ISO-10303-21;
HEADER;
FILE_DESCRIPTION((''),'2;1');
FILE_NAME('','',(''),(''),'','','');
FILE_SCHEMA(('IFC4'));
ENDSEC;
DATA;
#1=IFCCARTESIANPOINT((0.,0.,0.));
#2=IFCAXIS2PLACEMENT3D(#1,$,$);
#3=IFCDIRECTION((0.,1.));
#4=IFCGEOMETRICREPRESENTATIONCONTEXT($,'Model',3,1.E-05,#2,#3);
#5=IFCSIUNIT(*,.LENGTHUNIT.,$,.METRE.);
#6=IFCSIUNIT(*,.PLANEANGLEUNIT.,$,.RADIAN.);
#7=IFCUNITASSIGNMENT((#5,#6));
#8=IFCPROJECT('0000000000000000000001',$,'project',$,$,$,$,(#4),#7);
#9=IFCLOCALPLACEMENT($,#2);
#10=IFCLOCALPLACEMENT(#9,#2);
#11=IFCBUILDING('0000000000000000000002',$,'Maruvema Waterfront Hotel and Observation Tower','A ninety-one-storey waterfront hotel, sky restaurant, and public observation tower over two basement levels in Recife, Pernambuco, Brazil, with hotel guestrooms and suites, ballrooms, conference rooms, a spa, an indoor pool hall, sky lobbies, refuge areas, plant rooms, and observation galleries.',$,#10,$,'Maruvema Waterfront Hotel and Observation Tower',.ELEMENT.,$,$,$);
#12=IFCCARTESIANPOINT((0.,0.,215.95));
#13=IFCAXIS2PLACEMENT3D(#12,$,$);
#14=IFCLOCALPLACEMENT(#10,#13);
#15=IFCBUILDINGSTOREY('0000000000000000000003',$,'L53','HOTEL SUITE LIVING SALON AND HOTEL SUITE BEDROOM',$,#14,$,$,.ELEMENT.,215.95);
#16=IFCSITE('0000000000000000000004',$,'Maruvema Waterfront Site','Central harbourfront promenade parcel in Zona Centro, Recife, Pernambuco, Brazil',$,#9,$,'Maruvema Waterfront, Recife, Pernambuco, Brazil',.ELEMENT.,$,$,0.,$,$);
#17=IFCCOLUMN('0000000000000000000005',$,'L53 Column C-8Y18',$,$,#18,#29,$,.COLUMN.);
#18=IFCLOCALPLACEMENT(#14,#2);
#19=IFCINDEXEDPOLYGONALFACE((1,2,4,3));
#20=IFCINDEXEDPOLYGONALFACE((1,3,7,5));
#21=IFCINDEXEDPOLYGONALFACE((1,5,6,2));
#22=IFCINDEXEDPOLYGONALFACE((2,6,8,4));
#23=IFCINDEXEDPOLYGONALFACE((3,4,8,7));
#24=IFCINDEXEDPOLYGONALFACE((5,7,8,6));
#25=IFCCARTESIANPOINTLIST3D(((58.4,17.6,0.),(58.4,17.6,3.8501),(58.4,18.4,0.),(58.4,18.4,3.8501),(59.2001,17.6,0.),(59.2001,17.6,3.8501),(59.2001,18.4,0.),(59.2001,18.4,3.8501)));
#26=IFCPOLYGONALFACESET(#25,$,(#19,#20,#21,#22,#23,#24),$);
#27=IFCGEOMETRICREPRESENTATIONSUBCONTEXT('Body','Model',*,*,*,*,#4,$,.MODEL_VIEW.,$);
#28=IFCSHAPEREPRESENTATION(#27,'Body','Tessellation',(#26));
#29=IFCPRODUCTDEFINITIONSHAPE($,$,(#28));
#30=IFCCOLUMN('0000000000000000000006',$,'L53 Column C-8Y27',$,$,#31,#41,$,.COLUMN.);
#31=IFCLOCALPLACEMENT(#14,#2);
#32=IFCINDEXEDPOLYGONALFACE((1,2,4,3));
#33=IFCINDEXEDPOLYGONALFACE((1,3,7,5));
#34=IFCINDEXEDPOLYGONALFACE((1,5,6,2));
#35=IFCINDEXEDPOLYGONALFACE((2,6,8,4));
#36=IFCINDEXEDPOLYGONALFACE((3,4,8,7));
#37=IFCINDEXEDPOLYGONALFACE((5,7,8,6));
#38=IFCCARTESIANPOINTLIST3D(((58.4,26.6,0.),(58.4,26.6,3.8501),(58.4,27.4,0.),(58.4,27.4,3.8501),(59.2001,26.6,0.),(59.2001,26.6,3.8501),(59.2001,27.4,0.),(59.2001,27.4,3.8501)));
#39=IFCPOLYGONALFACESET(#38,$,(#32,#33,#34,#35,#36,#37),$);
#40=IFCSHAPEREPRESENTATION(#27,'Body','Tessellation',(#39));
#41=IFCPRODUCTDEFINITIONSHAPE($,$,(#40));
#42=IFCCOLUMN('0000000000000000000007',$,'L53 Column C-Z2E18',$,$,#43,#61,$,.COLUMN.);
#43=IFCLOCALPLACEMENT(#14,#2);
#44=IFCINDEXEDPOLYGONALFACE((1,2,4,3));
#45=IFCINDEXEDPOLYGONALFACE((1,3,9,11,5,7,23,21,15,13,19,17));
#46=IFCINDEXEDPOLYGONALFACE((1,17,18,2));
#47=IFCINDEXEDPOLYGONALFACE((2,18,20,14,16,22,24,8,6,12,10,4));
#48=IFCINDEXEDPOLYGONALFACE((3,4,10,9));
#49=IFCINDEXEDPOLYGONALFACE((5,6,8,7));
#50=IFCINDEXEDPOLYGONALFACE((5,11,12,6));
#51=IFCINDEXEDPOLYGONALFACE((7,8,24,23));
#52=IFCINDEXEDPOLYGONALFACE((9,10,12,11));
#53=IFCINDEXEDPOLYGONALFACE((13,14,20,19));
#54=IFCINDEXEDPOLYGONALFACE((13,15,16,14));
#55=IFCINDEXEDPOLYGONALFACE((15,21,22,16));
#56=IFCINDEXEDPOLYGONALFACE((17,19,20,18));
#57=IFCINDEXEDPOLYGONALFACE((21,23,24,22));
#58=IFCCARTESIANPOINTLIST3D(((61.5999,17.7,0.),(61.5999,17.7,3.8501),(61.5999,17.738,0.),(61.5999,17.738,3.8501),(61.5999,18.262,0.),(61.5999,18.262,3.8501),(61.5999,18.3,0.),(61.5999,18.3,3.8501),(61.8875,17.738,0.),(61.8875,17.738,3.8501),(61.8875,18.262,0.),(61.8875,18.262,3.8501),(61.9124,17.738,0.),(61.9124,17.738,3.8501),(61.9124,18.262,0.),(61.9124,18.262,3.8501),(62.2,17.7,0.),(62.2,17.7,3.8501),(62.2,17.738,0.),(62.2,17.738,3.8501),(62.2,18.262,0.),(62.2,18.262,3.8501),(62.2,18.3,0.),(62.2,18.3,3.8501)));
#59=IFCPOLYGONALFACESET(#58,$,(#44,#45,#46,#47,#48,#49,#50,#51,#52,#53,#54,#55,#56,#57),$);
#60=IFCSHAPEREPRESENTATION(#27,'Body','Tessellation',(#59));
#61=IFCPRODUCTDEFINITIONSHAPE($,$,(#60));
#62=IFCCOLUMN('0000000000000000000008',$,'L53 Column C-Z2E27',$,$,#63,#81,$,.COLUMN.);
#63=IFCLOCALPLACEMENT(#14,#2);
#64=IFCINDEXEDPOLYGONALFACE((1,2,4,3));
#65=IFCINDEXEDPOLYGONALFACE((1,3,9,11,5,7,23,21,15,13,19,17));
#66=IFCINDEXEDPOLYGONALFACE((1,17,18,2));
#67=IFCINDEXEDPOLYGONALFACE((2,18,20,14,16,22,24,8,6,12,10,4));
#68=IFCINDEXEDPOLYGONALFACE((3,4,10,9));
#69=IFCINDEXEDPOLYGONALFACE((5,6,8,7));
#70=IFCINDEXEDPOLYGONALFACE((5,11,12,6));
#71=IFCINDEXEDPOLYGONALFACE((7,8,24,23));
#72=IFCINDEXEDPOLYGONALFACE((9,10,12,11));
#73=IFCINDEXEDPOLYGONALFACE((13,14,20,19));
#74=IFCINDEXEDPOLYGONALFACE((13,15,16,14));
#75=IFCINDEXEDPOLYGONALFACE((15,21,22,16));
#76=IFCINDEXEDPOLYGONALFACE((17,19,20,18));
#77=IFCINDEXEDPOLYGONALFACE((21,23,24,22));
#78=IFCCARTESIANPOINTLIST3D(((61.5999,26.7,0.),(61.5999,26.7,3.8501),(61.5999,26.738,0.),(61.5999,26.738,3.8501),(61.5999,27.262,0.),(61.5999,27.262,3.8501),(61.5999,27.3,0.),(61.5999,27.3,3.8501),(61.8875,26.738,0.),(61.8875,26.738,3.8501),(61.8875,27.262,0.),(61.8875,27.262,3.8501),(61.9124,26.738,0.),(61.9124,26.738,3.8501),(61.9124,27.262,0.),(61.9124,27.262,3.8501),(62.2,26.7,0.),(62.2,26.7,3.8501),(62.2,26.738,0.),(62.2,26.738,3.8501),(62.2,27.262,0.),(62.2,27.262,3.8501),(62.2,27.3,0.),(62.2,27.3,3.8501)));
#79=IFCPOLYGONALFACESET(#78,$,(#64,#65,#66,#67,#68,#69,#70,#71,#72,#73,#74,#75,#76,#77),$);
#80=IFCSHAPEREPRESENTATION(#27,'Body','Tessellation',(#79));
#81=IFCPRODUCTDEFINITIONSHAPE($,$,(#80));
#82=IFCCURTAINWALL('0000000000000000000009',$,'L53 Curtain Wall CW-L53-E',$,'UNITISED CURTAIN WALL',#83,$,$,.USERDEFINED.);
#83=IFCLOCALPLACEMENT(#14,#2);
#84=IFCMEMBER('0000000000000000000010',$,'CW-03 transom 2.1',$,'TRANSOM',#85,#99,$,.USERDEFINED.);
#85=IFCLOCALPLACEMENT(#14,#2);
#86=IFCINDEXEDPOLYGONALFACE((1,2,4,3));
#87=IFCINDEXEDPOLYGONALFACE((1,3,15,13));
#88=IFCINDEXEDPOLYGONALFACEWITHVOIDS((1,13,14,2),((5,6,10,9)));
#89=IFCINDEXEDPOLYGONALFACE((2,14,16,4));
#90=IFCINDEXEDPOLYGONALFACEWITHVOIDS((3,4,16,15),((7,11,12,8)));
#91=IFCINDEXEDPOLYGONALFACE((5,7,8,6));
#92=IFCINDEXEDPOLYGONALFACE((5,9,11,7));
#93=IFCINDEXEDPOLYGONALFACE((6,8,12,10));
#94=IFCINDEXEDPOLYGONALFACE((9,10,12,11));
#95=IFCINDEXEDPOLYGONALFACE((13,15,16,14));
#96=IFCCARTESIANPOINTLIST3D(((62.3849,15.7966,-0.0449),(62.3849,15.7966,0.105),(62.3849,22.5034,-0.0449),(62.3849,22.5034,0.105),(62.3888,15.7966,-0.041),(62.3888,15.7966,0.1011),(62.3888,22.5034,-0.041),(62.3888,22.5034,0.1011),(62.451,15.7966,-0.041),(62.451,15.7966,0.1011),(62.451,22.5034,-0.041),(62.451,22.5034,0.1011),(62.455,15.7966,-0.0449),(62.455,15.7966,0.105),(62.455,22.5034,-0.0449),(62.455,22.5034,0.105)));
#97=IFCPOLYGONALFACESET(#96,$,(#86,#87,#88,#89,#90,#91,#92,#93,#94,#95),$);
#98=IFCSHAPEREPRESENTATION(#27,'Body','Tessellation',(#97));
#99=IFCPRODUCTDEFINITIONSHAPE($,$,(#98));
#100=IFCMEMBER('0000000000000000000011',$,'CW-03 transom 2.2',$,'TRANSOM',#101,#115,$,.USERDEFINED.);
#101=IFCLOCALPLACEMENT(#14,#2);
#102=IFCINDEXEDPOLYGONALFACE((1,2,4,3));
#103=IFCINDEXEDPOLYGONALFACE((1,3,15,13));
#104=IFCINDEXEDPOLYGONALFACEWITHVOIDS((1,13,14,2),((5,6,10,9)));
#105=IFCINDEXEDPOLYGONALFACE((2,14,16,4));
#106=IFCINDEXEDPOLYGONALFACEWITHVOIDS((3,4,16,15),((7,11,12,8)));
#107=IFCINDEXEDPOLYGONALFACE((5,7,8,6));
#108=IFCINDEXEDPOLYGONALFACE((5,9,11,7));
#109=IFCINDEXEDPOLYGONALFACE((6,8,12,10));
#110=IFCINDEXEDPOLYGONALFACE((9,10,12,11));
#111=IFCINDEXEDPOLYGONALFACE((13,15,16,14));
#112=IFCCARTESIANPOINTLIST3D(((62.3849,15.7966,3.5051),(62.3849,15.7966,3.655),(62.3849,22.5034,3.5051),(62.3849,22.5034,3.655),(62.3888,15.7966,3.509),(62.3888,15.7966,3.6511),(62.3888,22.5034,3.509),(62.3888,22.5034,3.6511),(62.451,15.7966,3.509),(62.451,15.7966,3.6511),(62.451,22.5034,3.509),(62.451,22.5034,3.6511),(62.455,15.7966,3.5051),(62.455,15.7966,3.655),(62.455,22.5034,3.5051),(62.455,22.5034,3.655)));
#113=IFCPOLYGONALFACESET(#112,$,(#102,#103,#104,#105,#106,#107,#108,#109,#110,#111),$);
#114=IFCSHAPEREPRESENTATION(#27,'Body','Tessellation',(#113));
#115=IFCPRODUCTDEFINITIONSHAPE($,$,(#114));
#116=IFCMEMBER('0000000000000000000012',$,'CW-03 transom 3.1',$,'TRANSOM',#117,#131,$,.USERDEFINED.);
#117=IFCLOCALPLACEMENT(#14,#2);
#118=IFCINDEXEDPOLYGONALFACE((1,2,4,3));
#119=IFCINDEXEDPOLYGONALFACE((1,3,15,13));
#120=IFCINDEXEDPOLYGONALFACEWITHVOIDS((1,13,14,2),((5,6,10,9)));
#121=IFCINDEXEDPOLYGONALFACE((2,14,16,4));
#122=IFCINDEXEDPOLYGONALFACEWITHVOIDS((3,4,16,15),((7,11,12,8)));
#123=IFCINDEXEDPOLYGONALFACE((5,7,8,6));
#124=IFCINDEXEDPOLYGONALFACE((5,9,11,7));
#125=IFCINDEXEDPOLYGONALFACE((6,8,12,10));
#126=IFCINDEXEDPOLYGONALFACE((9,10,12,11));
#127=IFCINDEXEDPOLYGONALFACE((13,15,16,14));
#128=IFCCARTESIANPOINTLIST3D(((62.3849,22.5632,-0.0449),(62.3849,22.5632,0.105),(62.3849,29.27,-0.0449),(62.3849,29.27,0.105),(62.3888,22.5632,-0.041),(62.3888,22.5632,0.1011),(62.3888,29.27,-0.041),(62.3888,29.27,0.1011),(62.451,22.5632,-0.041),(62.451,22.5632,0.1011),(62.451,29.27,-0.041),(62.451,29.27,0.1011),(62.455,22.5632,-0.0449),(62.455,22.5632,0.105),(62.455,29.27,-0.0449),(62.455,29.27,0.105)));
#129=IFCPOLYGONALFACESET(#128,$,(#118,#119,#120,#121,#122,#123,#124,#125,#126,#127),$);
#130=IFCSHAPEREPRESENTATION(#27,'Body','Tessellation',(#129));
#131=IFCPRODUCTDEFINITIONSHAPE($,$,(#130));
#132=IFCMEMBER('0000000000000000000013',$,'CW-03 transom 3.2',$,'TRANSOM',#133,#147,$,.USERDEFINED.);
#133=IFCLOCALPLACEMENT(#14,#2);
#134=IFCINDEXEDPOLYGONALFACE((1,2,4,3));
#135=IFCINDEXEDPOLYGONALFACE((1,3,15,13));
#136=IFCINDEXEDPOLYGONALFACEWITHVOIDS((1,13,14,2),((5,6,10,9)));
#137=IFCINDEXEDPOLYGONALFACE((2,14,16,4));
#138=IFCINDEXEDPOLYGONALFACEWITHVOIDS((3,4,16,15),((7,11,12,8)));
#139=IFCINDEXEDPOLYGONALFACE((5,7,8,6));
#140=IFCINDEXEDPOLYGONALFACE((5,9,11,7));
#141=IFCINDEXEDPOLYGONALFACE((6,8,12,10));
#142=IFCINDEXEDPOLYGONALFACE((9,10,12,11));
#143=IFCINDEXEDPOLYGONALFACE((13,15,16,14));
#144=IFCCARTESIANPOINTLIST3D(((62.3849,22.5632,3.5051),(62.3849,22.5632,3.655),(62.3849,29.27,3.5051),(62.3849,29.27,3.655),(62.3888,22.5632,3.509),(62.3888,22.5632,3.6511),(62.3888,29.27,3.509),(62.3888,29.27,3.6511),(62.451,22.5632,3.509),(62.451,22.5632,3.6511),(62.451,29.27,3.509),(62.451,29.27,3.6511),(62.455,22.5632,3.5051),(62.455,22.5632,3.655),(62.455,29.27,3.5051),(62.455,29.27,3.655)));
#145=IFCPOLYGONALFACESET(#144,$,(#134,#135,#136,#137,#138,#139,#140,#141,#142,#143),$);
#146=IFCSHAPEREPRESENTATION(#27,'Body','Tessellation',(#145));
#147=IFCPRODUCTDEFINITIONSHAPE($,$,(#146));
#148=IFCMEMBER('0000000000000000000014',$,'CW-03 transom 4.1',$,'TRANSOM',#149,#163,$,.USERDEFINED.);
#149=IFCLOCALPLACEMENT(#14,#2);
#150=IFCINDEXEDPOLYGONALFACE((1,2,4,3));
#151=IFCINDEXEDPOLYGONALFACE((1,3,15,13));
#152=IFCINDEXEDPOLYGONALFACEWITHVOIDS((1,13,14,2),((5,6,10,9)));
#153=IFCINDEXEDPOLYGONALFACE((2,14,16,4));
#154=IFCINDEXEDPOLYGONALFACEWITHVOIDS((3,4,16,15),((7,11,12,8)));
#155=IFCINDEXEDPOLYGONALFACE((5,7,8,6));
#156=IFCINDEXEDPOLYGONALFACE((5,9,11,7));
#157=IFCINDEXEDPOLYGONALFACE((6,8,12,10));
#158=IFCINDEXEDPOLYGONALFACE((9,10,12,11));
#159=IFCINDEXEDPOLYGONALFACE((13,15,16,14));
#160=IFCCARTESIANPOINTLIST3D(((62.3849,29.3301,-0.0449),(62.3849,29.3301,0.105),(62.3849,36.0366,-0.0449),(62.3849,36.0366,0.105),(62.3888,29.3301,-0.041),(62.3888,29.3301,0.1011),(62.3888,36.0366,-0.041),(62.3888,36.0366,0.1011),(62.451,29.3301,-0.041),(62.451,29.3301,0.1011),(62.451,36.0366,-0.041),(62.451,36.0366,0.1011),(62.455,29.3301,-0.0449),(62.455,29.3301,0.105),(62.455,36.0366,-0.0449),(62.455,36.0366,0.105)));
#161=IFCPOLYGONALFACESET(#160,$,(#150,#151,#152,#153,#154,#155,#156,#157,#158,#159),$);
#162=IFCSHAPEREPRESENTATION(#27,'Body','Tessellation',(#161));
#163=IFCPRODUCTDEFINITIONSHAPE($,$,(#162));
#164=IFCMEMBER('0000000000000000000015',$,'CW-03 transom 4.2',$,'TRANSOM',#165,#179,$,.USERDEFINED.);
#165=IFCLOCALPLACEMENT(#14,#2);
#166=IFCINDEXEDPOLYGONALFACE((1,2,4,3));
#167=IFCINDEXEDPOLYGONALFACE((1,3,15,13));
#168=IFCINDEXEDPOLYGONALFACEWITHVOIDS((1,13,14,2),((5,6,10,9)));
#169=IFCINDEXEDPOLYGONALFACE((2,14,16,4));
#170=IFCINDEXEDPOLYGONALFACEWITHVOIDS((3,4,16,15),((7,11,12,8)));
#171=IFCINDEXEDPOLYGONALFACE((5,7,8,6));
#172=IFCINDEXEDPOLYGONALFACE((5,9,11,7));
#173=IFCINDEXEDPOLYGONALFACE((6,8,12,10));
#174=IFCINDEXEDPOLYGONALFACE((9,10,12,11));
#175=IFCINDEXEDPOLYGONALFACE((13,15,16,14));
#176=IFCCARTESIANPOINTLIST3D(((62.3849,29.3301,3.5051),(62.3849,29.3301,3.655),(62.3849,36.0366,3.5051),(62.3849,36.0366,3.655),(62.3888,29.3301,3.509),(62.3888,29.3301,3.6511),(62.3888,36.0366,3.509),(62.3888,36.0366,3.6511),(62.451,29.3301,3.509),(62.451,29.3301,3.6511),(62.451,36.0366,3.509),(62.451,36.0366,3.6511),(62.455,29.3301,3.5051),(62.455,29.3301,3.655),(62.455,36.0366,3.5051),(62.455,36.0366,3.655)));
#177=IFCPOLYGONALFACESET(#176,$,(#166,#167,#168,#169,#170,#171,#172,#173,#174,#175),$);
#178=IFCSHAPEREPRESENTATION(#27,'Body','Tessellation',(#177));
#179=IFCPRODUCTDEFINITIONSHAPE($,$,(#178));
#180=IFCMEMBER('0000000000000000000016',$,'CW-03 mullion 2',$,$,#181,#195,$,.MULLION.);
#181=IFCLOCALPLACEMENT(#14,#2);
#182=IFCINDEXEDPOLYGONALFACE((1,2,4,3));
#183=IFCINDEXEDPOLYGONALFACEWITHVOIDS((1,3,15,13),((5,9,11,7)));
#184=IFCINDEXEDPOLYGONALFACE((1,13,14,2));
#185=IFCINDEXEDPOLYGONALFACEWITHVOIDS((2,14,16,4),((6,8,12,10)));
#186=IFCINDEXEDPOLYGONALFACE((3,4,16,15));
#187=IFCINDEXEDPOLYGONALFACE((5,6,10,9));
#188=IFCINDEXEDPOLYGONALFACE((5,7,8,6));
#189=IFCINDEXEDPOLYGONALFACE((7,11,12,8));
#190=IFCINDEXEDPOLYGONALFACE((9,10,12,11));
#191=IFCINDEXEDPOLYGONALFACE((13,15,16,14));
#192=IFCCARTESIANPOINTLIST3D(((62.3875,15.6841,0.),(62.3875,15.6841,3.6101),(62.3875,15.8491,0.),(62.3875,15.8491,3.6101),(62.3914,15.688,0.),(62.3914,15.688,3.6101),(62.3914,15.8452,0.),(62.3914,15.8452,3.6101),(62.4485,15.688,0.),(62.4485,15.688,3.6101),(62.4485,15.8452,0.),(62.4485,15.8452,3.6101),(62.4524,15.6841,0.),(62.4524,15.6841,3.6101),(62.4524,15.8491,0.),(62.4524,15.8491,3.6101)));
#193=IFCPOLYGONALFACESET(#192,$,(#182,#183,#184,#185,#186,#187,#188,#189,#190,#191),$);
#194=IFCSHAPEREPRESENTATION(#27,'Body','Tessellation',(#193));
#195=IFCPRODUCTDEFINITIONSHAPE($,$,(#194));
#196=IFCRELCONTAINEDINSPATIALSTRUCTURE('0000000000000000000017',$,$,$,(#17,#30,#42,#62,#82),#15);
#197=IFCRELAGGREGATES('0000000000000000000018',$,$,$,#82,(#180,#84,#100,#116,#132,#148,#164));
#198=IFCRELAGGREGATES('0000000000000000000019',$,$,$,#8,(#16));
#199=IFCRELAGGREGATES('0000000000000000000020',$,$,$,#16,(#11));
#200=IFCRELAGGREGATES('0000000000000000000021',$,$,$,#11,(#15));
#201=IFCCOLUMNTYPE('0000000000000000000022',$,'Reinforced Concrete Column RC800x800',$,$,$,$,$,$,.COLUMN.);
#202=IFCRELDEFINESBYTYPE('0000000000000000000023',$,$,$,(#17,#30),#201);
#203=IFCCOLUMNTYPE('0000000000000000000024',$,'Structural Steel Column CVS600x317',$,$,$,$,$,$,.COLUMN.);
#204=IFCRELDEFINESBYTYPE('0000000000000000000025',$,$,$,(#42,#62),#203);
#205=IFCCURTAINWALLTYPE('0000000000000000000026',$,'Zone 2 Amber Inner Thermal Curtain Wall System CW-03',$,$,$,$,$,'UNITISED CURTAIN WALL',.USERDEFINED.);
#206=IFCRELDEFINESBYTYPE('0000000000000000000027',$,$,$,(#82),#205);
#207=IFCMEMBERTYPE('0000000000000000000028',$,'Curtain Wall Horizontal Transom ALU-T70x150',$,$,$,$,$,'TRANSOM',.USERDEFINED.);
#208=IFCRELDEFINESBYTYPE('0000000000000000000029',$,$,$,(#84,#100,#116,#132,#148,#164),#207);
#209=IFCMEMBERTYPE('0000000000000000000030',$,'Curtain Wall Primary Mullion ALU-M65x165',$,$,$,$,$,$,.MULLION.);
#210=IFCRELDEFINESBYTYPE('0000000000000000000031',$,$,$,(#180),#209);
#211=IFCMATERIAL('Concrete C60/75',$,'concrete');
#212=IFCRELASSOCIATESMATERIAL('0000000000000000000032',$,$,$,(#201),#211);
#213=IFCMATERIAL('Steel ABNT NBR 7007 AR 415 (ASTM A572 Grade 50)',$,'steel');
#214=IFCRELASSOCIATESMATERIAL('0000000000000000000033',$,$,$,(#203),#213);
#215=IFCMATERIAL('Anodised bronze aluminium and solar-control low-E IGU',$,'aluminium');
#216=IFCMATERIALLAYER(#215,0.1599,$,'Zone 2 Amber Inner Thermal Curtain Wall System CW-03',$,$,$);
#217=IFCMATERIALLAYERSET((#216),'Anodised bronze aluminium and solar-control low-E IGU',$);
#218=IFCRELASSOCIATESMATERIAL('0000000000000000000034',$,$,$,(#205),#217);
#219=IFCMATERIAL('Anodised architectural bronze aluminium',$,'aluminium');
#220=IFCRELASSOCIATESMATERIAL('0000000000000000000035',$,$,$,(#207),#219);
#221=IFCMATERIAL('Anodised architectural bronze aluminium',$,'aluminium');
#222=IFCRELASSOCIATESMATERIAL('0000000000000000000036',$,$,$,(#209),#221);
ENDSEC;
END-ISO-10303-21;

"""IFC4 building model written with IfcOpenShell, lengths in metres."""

from ifc_helpers import new_model, si_unit, direction, frame, origin, origin_2d, place, context, subcontext, project, spatial, rectangle, hollow_rectangle, i_section, extrude, material, layer, layer_set, material_profile, profile_set, type_object, element, aggregate, save


model = new_model("IFC4")

# Units and contexts
model_context = context("Model", 3, precision=1e-05, world=origin(), true_north=direction((0.0, 1.0)))
body_context = subcontext(model_context, "Body", "Model", "MODEL_VIEW")
ifc_project = project(units=[si_unit("LENGTHUNIT", "METRE"), si_unit("PLANEANGLEUNIT", "RADIAN")], contexts=[model_context])

# Site, building, storey
site_placement = place(None, origin())
site = spatial("IfcSite", under=ifc_project, at=site_placement, Name="Maruvema Waterfront Site", Description="Central harbourfront promenade parcel in Zona Centro, Recife, Pernambuco, Brazil", LongName="Maruvema Waterfront, Recife, Pernambuco, Brazil", CompositionType="ELEMENT", RefElevation=0.0)
building_placement = place(site_placement, origin())
building = spatial("IfcBuilding", under=site, at=building_placement, Name="Maruvema Waterfront Hotel and Observation Tower", Description="A ninety-one-storey waterfront hotel, sky restaurant, and public observation tower over two basement levels in Recife, Pernambuco, Brazil, with hotel guestrooms and suites, ballrooms, conference rooms, a spa, an indoor pool hall, sky lobbies, refuge areas, plant rooms, and observation galleries.", LongName="Maruvema Waterfront Hotel and Observation Tower", CompositionType="ELEMENT")
storey_placement = place(building_placement, frame((0.0, 0.0, 215.95)))
storey = spatial("IfcBuildingStorey", under=building, at=storey_placement, Name="L53", Description="HOTEL SUITE LIVING SALON AND HOTEL SUITE BEDROOM", CompositionType="ELEMENT", Elevation=215.95)

# Columns
ifc_material_1 = material(Name="Concrete C60/75", Category="concrete")
ifc_material_profile_1 = material_profile(ifc_material_1, rectangle(XDim=0.8, YDim=0.8, at=origin_2d()), Name="RC800x800")
ifc_profile_set_1 = profile_set([ifc_material_profile_1], Name="Concrete C60/75")
column_type_1 = type_object("IfcColumnType", Name="Reinforced Concrete Column RC800x800", PredefinedType="COLUMN", material=ifc_profile_set_1)
for number, where, z_axis, x_axis, name in (
    (1, (58.8, 18.0, 0.0), (0.0, 0.0, 1.0), (1.0, 0.0, 0.0), "L53 Column C-8Y18"),
    (2, (58.8, 27.0, 0.0), (0.0, 0.0, 1.0), (1.0, 0.0, 0.0), "L53 Column C-8Y27"),
):
    element("IfcColumn", number, at=place(storey_placement, frame(where, z_axis=z_axis, x_axis=x_axis)), inside=storey, type_object=column_type_1, Name=name, PredefinedType="COLUMN", context=body_context, shape_type="SweptSolid", body=[
        extrude(rectangle(XDim=0.8, YDim=0.8, at=origin_2d()), origin(), (0.0, 0.0, 1.0), 3.8501),
    ])
ifc_material_2 = material(Name="Steel ABNT NBR 7007 AR 415 (ASTM A572 Grade 50)", Category="steel")
ifc_material_profile_2 = material_profile(ifc_material_2, i_section(OverallWidth=0.6001, OverallDepth=0.6001, WebThickness=0.0249, FlangeThickness=0.0381, at=origin_2d()), Name="CVS600x317")
ifc_profile_set_2 = profile_set([ifc_material_profile_2], Name="Steel ABNT NBR 7007 AR 415 (ASTM A572 Grade 50)")
column_type_2 = type_object("IfcColumnType", Name="Structural Steel Column CVS600x317", PredefinedType="COLUMN", material=ifc_profile_set_2)
for number, where, z_axis, x_axis, name in (
    (3, (61.8999, 18.0, 0.0), (0.0, 0.0, 1.0), (1.0, 0.0, 0.0), "L53 Column C-Z2E18"),
    (4, (61.8999, 27.0, 0.0), (0.0, 0.0, 1.0), (1.0, 0.0, 0.0), "L53 Column C-Z2E27"),
):
    element("IfcColumn", number, at=place(storey_placement, frame(where, z_axis=z_axis, x_axis=x_axis)), inside=storey, type_object=column_type_2, Name=name, PredefinedType="COLUMN", context=body_context, shape_type="SweptSolid", body=[
        extrude(i_section(OverallWidth=0.6001, OverallDepth=0.6001, WebThickness=0.0249, FlangeThickness=0.0381, at=origin_2d()), origin(), (0.0, 0.0, 1.0), 3.8501),
    ])

# Curtain wall, members
ifc_material_3 = material(Name="Anodised bronze aluminium and solar-control low-E IGU", Category="aluminium")
ifc_layer_1 = layer(ifc_material_3, 0.1599, Name="Zone 2 Amber Inner Thermal Curtain Wall System CW-03")
ifc_layer_set_1 = layer_set([ifc_layer_1], Name="Anodised bronze aluminium and solar-control low-E IGU")
curtain_wall_type = type_object("IfcCurtainWallType", Name="Zone 2 Amber Inner Thermal Curtain Wall System CW-03", ElementType="UNITISED CURTAIN WALL", PredefinedType="USERDEFINED", material=ifc_layer_set_1)
curtain_wall_placement = place(storey_placement, origin())
curtain_wall = element("IfcCurtainWall", 5, at=curtain_wall_placement, inside=storey, type_object=curtain_wall_type, Name="L53 Curtain Wall CW-L53-E", ObjectType="UNITISED CURTAIN WALL", PredefinedType="USERDEFINED")
ifc_material_4 = material(Name="Anodised architectural bronze aluminium", Category="aluminium")
ifc_material_profile_3 = material_profile(ifc_material_4, hollow_rectangle(XDim=0.0701, YDim=0.1499, WallThickness=0.0039, at=origin_2d()), Name="ALU-T70x150")
ifc_profile_set_3 = profile_set([ifc_material_profile_3], Name="Anodised architectural bronze aluminium")
member_type_1 = type_object("IfcMemberType", Name="Curtain Wall Horizontal Transom ALU-T70x150", ElementType="TRANSOM", PredefinedType="USERDEFINED", material=ifc_profile_set_3)
member_1_placement = place(storey_placement, frame((62.4199, 15.7966, 0.03), z_axis=(0.0, 1.0, 0.0), x_axis=(-1.0, 0.0, 0.0)))
member_1 = element("IfcMember", 6, at=member_1_placement, type_object=member_type_1, Name="CW-03 transom 2.1", ObjectType="TRANSOM", PredefinedType="USERDEFINED", context=body_context, shape_type="SweptSolid", body=[
    extrude(hollow_rectangle(XDim=0.0701, YDim=0.1499, WallThickness=0.0039, at=origin_2d()), origin(), (0.0, 0.0, 1.0), 6.7068),
])
member_2_placement = place(storey_placement, frame((62.4199, 15.7966, 3.5801), z_axis=(0.0, 1.0, 0.0), x_axis=(-1.0, 0.0, 0.0)))
member_2 = element("IfcMember", 7, at=member_2_placement, type_object=member_type_1, Name="CW-03 transom 2.2", ObjectType="TRANSOM", PredefinedType="USERDEFINED", context=body_context, shape_type="SweptSolid", body=[
    extrude(hollow_rectangle(XDim=0.0701, YDim=0.1499, WallThickness=0.0039, at=origin_2d()), origin(), (0.0, 0.0, 1.0), 6.7068),
])
member_3_placement = place(storey_placement, frame((62.4199, 22.5632, 0.03), z_axis=(0.0, 1.0, 0.0), x_axis=(-1.0, 0.0, 0.0)))
member_3 = element("IfcMember", 8, at=member_3_placement, type_object=member_type_1, Name="CW-03 transom 3.1", ObjectType="TRANSOM", PredefinedType="USERDEFINED", context=body_context, shape_type="SweptSolid", body=[
    extrude(hollow_rectangle(XDim=0.0701, YDim=0.1499, WallThickness=0.0039, at=origin_2d()), origin(), (0.0, 0.0, 1.0), 6.7068),
])
member_4_placement = place(storey_placement, frame((62.4199, 22.5632, 3.5801), z_axis=(0.0, 1.0, 0.0), x_axis=(-1.0, 0.0, 0.0)))
member_4 = element("IfcMember", 9, at=member_4_placement, type_object=member_type_1, Name="CW-03 transom 3.2", ObjectType="TRANSOM", PredefinedType="USERDEFINED", context=body_context, shape_type="SweptSolid", body=[
    extrude(hollow_rectangle(XDim=0.0701, YDim=0.1499, WallThickness=0.0039, at=origin_2d()), origin(), (0.0, 0.0, 1.0), 6.7068),
])
member_5_placement = place(storey_placement, frame((62.4199, 29.3301, 0.03), z_axis=(0.0, 1.0, 0.0), x_axis=(-1.0, 0.0, 0.0)))
member_5 = element("IfcMember", 10, at=member_5_placement, type_object=member_type_1, Name="CW-03 transom 4.1", ObjectType="TRANSOM", PredefinedType="USERDEFINED", context=body_context, shape_type="SweptSolid", body=[
    extrude(hollow_rectangle(XDim=0.0701, YDim=0.1499, WallThickness=0.0039, at=origin_2d()), origin(), (0.0, 0.0, 1.0), 6.7065),
])
member_6_placement = place(storey_placement, frame((62.4199, 29.3301, 3.5801), z_axis=(0.0, 1.0, 0.0), x_axis=(-1.0, 0.0, 0.0)))
member_6 = element("IfcMember", 11, at=member_6_placement, type_object=member_type_1, Name="CW-03 transom 4.2", ObjectType="TRANSOM", PredefinedType="USERDEFINED", context=body_context, shape_type="SweptSolid", body=[
    extrude(hollow_rectangle(XDim=0.0701, YDim=0.1499, WallThickness=0.0039, at=origin_2d()), origin(), (0.0, 0.0, 1.0), 6.7065),
])
ifc_material_5 = material(Name="Anodised architectural bronze aluminium", Category="aluminium")
ifc_material_profile_4 = material_profile(ifc_material_5, hollow_rectangle(XDim=0.0649, YDim=0.165, WallThickness=0.0039, at=origin_2d()), Name="ALU-M65x165")
ifc_profile_set_4 = profile_set([ifc_material_profile_4], Name="Anodised architectural bronze aluminium")
member_type_2 = type_object("IfcMemberType", Name="Curtain Wall Primary Mullion ALU-M65x165", PredefinedType="MULLION", material=ifc_profile_set_4)
member_7_placement = place(storey_placement, frame((62.4199, 15.7666, 0.0), z_axis=(0.0, 0.0, 1.0), x_axis=(-1.0, 0.0, 0.0)))
member_7 = element("IfcMember", 12, at=member_7_placement, type_object=member_type_2, Name="CW-03 mullion 2", PredefinedType="MULLION", context=body_context, shape_type="SweptSolid", body=[
    extrude(hollow_rectangle(XDim=0.0649, YDim=0.165, WallThickness=0.0039, at=origin_2d()), origin(), (0.0, 0.0, 1.0), 3.6101),
])

aggregate(curtain_wall, [member_7, member_1, member_2, member_3, member_4, member_5, member_6])

save(model, "model.ifc")
